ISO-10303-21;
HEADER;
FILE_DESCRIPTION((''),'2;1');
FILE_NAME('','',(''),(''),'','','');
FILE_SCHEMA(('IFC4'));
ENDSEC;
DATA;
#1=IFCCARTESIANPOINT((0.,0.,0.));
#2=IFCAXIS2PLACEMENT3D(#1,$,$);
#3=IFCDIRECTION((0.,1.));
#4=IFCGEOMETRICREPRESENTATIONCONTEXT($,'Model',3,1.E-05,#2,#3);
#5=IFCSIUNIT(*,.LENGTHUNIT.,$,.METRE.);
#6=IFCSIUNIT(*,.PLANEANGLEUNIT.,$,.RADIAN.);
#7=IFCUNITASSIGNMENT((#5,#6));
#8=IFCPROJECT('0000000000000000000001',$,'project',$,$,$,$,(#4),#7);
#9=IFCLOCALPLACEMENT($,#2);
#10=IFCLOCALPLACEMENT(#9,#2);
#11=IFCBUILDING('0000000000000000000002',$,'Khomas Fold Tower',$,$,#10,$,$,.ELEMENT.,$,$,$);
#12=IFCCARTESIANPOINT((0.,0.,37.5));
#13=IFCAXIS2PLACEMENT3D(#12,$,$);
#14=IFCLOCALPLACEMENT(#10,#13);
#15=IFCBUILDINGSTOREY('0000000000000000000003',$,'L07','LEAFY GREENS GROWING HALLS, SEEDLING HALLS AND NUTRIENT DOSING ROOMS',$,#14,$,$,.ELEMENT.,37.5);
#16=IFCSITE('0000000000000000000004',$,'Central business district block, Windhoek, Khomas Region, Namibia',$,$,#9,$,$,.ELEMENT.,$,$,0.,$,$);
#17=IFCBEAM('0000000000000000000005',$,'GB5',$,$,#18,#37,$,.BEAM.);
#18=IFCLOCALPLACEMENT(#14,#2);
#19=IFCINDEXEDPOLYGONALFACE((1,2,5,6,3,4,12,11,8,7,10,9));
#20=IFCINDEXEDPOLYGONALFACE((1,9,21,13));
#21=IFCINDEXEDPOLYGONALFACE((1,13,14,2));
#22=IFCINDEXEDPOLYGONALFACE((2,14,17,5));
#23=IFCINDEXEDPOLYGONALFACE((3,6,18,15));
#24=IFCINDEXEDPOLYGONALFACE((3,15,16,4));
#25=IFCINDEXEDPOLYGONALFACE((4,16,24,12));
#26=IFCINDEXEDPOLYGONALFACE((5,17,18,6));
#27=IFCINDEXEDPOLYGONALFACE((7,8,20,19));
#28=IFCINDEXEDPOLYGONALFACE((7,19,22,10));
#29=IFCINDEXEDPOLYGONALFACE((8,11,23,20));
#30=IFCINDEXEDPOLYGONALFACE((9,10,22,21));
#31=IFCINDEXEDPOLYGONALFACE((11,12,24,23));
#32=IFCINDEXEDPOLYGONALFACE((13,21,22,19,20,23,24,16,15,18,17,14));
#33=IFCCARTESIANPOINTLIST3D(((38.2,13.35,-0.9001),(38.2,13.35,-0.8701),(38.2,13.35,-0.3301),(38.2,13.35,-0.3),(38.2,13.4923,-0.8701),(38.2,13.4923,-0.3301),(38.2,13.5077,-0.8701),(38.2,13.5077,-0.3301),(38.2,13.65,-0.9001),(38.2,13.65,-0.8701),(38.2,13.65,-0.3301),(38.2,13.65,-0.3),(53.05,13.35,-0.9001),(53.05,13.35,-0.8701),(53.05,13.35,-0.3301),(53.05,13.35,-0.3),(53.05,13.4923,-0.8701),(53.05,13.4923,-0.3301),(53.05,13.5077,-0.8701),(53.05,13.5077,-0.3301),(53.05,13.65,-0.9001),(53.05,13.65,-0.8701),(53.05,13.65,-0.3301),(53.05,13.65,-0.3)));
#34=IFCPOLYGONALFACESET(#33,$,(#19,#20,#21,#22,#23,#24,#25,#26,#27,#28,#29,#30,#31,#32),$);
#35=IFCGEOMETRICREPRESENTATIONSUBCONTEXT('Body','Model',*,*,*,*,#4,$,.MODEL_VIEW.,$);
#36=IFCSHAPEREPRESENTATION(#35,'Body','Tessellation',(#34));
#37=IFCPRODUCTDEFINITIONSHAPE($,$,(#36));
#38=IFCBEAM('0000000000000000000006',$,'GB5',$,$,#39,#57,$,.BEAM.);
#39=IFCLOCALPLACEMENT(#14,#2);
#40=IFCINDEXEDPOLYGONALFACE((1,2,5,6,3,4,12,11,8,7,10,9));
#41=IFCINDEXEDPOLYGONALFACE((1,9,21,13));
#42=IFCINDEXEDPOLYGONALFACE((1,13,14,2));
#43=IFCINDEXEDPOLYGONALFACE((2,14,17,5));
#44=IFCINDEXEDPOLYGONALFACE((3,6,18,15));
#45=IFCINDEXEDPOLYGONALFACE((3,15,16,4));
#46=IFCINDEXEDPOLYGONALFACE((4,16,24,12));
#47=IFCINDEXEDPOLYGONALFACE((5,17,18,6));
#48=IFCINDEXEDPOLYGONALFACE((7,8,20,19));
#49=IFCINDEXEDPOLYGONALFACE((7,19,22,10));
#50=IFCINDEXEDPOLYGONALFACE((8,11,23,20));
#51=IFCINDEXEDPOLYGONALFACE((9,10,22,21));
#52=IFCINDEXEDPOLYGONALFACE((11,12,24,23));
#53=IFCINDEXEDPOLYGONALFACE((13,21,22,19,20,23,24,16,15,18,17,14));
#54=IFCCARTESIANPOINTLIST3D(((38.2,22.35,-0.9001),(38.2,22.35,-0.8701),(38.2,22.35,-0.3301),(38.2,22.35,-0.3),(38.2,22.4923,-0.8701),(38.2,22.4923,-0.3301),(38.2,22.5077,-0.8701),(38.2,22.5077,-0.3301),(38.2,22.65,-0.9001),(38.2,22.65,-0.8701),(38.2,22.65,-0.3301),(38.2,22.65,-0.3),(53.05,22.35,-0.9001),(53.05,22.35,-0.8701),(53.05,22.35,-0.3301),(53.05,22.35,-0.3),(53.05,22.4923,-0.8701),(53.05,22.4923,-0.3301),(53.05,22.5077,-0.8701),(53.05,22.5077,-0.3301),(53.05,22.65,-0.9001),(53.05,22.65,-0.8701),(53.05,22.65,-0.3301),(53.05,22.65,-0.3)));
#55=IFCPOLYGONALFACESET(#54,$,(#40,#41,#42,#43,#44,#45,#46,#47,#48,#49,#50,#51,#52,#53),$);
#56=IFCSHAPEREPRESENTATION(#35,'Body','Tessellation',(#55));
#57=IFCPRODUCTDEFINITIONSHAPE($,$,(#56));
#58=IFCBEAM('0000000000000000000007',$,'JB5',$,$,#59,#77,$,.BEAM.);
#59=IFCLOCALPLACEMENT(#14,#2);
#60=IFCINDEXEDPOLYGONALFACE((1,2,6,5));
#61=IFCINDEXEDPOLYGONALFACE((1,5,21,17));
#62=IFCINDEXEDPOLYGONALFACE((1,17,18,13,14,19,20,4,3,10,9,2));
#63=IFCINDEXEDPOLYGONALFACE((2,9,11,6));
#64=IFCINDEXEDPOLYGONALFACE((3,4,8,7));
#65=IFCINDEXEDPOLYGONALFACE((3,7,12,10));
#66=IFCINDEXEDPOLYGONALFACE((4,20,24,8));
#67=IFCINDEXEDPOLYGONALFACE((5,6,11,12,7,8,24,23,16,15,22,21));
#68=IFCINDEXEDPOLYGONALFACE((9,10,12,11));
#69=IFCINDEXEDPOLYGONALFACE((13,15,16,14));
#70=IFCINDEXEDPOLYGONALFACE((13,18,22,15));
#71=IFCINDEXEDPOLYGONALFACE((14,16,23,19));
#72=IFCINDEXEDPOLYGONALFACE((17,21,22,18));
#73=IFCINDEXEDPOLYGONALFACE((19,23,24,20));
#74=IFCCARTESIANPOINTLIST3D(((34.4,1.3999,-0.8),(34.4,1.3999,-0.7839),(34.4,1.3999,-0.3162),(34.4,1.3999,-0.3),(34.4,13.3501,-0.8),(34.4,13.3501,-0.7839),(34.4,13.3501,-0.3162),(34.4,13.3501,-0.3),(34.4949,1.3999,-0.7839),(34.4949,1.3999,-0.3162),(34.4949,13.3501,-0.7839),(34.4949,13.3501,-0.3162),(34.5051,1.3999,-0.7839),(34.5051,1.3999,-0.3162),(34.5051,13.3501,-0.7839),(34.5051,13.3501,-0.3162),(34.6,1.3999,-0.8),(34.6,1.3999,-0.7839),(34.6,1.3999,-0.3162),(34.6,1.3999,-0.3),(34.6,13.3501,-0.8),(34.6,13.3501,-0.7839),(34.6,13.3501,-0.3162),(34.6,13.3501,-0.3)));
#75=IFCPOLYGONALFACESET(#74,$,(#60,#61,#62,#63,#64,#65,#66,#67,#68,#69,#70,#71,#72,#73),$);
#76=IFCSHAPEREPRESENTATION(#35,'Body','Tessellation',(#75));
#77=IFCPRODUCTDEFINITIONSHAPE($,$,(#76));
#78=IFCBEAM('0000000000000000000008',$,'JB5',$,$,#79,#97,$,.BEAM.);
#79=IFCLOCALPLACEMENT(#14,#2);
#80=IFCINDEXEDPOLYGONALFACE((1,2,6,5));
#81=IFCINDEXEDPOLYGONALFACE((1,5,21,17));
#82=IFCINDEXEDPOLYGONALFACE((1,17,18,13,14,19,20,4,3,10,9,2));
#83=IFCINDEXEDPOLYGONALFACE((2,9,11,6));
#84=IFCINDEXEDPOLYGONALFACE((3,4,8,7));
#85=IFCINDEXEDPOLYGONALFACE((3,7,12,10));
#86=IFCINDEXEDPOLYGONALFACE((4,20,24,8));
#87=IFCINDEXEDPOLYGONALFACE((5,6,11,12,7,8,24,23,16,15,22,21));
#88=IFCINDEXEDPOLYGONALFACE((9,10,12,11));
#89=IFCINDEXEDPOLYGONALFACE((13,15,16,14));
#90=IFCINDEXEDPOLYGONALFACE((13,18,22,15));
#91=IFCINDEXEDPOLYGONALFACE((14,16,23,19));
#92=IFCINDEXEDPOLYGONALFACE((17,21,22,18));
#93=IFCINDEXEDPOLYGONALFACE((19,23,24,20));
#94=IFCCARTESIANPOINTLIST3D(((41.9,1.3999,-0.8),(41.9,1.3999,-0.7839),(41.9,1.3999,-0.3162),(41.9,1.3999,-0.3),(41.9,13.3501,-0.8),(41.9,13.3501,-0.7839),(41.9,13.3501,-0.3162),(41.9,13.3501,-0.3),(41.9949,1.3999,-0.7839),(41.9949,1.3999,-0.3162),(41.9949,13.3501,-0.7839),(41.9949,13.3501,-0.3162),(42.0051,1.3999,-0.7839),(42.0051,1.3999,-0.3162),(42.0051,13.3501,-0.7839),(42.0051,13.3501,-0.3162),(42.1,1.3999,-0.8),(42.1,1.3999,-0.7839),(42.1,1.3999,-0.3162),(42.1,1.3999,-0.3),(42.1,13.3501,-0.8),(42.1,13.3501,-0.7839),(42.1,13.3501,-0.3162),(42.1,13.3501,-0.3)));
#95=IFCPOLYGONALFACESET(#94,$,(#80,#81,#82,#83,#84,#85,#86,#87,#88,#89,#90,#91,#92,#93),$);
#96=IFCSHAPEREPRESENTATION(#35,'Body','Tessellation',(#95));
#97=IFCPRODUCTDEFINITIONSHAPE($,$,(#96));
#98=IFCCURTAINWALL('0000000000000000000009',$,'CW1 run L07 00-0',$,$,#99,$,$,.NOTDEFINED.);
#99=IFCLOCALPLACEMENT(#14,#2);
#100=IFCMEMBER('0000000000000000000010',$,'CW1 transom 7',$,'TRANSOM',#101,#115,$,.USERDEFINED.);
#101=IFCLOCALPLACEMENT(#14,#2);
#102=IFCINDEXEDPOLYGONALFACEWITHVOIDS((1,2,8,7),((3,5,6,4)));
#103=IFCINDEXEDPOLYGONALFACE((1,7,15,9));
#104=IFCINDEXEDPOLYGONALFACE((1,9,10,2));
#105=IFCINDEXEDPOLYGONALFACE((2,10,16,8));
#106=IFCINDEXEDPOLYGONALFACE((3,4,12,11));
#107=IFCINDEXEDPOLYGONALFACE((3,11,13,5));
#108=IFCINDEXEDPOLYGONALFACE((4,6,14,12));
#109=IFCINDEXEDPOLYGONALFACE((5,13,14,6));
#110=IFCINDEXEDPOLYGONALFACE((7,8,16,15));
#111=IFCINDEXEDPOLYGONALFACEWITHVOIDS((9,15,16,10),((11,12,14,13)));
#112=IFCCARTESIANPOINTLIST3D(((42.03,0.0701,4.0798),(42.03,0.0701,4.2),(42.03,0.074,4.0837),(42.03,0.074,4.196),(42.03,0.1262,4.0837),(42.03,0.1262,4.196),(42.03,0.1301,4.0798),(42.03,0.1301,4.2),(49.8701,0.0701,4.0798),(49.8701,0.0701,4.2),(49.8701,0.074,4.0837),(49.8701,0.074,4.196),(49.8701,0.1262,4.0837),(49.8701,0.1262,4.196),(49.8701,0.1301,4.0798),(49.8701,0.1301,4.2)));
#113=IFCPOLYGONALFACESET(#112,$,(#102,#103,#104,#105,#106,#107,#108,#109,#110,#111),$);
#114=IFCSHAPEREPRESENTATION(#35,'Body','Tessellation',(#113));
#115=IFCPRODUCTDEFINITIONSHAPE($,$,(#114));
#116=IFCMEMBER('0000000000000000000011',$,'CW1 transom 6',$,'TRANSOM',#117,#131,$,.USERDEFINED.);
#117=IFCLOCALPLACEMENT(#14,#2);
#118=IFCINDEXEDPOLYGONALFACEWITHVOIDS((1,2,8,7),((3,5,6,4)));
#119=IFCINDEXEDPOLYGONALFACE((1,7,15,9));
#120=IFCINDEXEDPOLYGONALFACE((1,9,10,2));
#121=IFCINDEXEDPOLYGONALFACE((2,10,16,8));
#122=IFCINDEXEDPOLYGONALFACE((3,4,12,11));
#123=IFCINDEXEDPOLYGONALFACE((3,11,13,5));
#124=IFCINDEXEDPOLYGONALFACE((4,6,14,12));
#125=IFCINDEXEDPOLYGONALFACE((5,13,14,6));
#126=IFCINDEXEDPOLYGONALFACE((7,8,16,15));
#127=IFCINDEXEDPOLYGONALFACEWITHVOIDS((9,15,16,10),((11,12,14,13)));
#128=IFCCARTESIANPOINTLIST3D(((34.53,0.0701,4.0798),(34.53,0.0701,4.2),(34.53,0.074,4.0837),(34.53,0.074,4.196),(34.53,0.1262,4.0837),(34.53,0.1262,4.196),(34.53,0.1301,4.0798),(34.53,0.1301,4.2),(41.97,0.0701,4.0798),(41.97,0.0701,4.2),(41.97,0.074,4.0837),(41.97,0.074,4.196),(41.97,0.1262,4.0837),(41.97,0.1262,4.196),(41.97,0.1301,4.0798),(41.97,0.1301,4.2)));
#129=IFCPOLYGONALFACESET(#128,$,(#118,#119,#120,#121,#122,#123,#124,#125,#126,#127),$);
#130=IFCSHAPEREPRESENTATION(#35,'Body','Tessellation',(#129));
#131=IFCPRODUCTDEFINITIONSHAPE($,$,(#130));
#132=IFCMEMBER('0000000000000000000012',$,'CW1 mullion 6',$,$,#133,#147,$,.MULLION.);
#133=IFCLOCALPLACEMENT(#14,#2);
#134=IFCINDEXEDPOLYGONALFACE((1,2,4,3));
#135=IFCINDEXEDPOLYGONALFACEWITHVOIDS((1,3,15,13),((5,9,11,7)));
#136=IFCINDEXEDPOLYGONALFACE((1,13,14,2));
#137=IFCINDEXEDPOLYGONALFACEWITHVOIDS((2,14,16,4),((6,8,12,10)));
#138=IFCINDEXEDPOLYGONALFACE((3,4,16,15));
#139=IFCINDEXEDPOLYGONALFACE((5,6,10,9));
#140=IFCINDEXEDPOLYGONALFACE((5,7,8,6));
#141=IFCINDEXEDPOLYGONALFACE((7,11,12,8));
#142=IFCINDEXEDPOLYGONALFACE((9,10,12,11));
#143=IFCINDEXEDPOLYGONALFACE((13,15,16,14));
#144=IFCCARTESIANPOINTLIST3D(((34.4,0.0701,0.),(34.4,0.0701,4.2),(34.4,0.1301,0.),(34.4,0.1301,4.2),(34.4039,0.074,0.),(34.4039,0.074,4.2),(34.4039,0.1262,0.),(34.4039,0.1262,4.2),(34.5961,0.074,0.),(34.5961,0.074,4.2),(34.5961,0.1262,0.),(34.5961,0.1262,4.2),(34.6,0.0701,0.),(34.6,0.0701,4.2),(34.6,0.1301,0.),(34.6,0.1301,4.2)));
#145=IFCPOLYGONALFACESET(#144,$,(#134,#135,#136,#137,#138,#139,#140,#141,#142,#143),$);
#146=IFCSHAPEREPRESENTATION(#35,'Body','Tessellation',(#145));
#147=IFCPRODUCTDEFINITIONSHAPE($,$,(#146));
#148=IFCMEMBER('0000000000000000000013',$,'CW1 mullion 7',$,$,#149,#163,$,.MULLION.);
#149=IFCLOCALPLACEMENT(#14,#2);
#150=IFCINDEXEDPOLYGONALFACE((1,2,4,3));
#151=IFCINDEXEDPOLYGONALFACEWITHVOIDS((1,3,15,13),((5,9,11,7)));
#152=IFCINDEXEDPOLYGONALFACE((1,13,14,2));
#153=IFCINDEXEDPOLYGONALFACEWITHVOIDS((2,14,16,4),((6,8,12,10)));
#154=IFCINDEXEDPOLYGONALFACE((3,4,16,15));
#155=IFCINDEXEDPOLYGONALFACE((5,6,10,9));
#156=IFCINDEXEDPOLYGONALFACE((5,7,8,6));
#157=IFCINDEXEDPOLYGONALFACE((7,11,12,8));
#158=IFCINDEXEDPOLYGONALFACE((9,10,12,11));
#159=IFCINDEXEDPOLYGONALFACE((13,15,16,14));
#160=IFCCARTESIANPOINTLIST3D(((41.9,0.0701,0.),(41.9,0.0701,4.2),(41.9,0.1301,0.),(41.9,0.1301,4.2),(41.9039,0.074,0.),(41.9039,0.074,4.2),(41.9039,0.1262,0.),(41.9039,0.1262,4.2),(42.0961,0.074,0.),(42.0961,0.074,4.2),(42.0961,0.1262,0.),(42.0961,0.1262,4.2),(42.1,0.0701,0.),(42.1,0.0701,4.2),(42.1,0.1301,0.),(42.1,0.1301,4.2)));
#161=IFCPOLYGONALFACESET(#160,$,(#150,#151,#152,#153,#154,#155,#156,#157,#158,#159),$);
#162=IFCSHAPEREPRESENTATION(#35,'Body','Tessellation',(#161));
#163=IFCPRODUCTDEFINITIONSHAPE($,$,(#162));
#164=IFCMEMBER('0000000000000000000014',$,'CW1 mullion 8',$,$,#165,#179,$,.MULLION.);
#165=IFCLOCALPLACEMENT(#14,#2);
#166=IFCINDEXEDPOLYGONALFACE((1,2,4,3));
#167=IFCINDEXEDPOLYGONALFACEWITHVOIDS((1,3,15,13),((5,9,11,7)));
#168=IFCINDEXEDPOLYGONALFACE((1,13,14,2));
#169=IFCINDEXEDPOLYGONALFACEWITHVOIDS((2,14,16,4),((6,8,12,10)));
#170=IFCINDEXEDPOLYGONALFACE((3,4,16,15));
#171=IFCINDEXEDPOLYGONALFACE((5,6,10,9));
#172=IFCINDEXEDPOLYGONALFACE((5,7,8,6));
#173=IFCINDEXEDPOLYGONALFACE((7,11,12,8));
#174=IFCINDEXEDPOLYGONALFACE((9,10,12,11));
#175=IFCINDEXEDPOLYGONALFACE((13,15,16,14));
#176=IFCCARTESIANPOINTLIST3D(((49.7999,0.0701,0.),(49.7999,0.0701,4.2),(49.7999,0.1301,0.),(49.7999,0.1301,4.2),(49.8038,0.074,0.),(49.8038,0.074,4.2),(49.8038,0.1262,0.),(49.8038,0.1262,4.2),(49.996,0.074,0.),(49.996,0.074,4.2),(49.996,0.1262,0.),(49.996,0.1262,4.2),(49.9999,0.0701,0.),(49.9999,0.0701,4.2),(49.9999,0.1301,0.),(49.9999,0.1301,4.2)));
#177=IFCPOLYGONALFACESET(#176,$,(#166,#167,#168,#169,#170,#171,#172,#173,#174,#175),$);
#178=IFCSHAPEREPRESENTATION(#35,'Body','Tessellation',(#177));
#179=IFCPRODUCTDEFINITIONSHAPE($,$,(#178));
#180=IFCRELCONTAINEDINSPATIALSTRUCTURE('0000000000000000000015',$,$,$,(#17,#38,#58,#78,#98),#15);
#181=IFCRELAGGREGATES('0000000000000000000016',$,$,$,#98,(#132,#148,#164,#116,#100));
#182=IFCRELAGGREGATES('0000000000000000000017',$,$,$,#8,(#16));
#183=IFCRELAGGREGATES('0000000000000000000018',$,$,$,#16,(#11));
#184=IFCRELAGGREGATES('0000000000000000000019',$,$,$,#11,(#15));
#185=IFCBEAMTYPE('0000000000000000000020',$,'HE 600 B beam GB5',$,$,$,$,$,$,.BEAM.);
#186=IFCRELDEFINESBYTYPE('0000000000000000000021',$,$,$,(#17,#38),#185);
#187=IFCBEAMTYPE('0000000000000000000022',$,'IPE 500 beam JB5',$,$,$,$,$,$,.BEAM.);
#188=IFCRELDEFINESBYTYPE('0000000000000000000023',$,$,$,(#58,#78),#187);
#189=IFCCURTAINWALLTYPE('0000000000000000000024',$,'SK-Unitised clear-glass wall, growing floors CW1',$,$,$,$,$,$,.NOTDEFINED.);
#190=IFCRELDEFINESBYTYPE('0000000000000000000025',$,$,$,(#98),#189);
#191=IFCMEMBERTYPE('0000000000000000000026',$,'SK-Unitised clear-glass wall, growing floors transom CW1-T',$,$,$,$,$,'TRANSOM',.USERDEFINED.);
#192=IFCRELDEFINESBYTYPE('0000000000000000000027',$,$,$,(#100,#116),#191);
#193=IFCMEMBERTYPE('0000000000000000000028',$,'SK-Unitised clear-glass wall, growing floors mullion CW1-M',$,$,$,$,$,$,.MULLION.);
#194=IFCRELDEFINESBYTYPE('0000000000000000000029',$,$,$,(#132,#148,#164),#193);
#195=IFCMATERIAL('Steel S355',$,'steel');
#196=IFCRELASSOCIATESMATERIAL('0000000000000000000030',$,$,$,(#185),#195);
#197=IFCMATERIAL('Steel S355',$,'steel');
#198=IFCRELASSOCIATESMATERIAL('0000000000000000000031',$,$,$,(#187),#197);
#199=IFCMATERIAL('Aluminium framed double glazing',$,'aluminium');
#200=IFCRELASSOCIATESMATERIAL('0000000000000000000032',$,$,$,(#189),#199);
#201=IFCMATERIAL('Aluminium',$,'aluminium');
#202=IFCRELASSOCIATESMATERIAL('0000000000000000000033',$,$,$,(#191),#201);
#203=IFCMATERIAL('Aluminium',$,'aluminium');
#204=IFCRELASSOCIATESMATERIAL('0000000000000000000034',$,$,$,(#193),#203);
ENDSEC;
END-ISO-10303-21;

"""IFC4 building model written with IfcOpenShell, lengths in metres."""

from ifc_helpers import new_model, si_unit, direction, frame, origin, origin_2d, place, context, subcontext, project, spatial, hollow_rectangle, i_section, extrude, source, transform, mapped, material, material_profile, profile_set, type_object, element, aggregate, save


model = new_model("IFC4")

# Units and contexts
model_context = context("Model", 3, precision=1e-05, world=origin(), true_north=direction((0.0, 1.0)))
body_context = subcontext(model_context, "Body", "Model", "MODEL_VIEW")
ifc_project = project(units=[si_unit("LENGTHUNIT", "METRE"), si_unit("PLANEANGLEUNIT", "RADIAN")], contexts=[model_context])

# Site, building, storey
site_placement = place(None, origin())
site = spatial("IfcSite", under=ifc_project, at=site_placement, Name="Central business district block, Windhoek, Khomas Region, Namibia", CompositionType="ELEMENT", RefElevation=0.0)
building_placement = place(site_placement, origin())
building = spatial("IfcBuilding", under=site, at=building_placement, Name="Khomas Fold Tower", CompositionType="ELEMENT")
storey_placement = place(building_placement, frame((0.0, 0.0, 37.5)))
storey = spatial("IfcBuildingStorey", under=building, at=storey_placement, Name="L07", Description="LEAFY GREENS GROWING HALLS, SEEDLING HALLS AND NUTRIENT DOSING ROOMS", CompositionType="ELEMENT", Elevation=37.5)

# Beams
ifc_material_1 = material(Name="Steel S355", Category="steel")
ifc_material_profile_1 = material_profile(ifc_material_1, i_section(OverallWidth=0.3, OverallDepth=0.6001, WebThickness=0.0154, FlangeThickness=0.03, at=origin_2d()), Name="HE 600 B")
ifc_profile_set_1 = profile_set([ifc_material_profile_1], Name="Steel S355")
beam_type_1 = type_object("IfcBeamType", Name="HE 600 B beam GB5", PredefinedType="BEAM", material=ifc_profile_set_1)
shared_shape_1 = source(origin(), body_context, "Body", "SweptSolid", [
    extrude(i_section(OverallWidth=0.3, OverallDepth=0.6001, WebThickness=0.0154, FlangeThickness=0.03, at=origin_2d()), origin(), (0.0, 0.0, 1.0), 14.8501),
])
for number, where, z_axis, x_axis, name in (
    (1, (38.2, 13.5, -0.6001), (1.0, 0.0, 0.0), (0.0, 1.0, 0.0), "GB5"),
    (2, (38.2, 22.5, -0.6001), (1.0, 0.0, 0.0), (0.0, 1.0, 0.0), "GB5"),
):
    element("IfcBeam", number, at=place(storey_placement, frame(where, z_axis=z_axis, x_axis=x_axis)), inside=storey, type_object=beam_type_1, Name=name, PredefinedType="BEAM", context=body_context, shape_type="MappedRepresentation", body=[
        mapped(shared_shape_1, transform((0.0, 0.0, 0.0))),
    ])
ifc_material_2 = material(Name="Steel S355", Category="steel")
ifc_material_profile_2 = material_profile(ifc_material_2, i_section(OverallWidth=0.2, OverallDepth=0.5, WebThickness=0.0103, FlangeThickness=0.0161, at=origin_2d()), Name="IPE 500")
ifc_profile_set_2 = profile_set([ifc_material_profile_2], Name="Steel S355")
beam_type_2 = type_object("IfcBeamType", Name="IPE 500 beam JB5", PredefinedType="BEAM", material=ifc_profile_set_2)
shared_shape_2 = source(origin(), body_context, "Body", "SweptSolid", [
    extrude(i_section(OverallWidth=0.2, OverallDepth=0.5, WebThickness=0.0103, FlangeThickness=0.0161, at=origin_2d()), origin(), (0.0, 0.0, 1.0), 11.9502),
])
for number, where, z_axis, x_axis, name in (
    (3, (34.5, 1.3999, -0.55), (0.0, 1.0, 0.0), (-1.0, 0.0, 0.0), "JB5"),
    (4, (42.0, 1.3999, -0.55), (0.0, 1.0, 0.0), (-1.0, 0.0, 0.0), "JB5"),
):
    element("IfcBeam", number, at=place(storey_placement, frame(where, z_axis=z_axis, x_axis=x_axis)), inside=storey, type_object=beam_type_2, Name=name, PredefinedType="BEAM", context=body_context, shape_type="MappedRepresentation", body=[
        mapped(shared_shape_2, transform((0.0, 0.0, 0.0))),
    ])

# Curtain wall, members
ifc_material_3 = material(Name="Aluminium framed double glazing", Category="aluminium")
curtain_wall_type = type_object("IfcCurtainWallType", Name="SK-Unitised clear-glass wall, growing floors CW1", PredefinedType="NOTDEFINED", material=ifc_material_3)
curtain_wall_placement = place(storey_placement, origin())
curtain_wall = element("IfcCurtainWall", 5, at=curtain_wall_placement, inside=storey, type_object=curtain_wall_type, Name="CW1 run L07 00-0", PredefinedType="NOTDEFINED")
ifc_material_4 = material(Name="Aluminium", Category="aluminium")
ifc_material_profile_3 = material_profile(ifc_material_4, hollow_rectangle(XDim=0.0601, YDim=0.1201, WallThickness=0.0039, at=origin_2d()), Name="SK-Unitised clear-glass wall, growing floors transom CW1-T")
ifc_profile_set_3 = profile_set([ifc_material_profile_3], Name="Aluminium")
member_type_1 = type_object("IfcMemberType", Name="SK-Unitised clear-glass wall, growing floors transom CW1-T", ElementType="TRANSOM", PredefinedType="USERDEFINED", material=ifc_profile_set_3)
shared_shape_3 = source(origin(), body_context, "Body", "SweptSolid", [
    extrude(hollow_rectangle(XDim=0.0601, YDim=0.1201, WallThickness=0.0039, at=origin_2d()), origin(), (0.0, 0.0, 1.0), 7.8401),
])
member_1_placement = place(storey_placement, frame((42.03, 0.1001, 4.1399), z_axis=(1.0, 0.0, 0.0), x_axis=(0.0, 1.0, 0.0)))
member_1 = element("IfcMember", 6, at=member_1_placement, type_object=member_type_1, Name="CW1 transom 7", ObjectType="TRANSOM", PredefinedType="USERDEFINED", context=body_context, shape_type="MappedRepresentation", body=[
    mapped(shared_shape_3, transform((0.0, 0.0, 0.0))),
])
shared_shape_4 = source(origin(), body_context, "Body", "SweptSolid", [
    extrude(hollow_rectangle(XDim=0.0601, YDim=0.1201, WallThickness=0.0039, at=origin_2d()), origin(), (0.0, 0.0, 1.0), 7.4399),
])
member_2_placement = place(storey_placement, frame((34.53, 0.1001, 4.1399), z_axis=(1.0, 0.0, 0.0), x_axis=(0.0, 1.0, 0.0)))
member_2 = element("IfcMember", 7, at=member_2_placement, type_object=member_type_1, Name="CW1 transom 6", ObjectType="TRANSOM", PredefinedType="USERDEFINED", context=body_context, shape_type="MappedRepresentation", body=[
    mapped(shared_shape_4, transform((0.0, 0.0, 0.0))),
])
ifc_material_5 = material(Name="Aluminium", Category="aluminium")
ifc_material_profile_4 = material_profile(ifc_material_5, hollow_rectangle(XDim=0.0601, YDim=0.2, WallThickness=0.0039, at=origin_2d()), Name="SK-Unitised clear-glass wall, growing floors mullion CW1-M")
ifc_profile_set_4 = profile_set([ifc_material_profile_4], Name="Aluminium")
member_type_2 = type_object("IfcMemberType", Name="SK-Unitised clear-glass wall, growing floors mullion CW1-M", PredefinedType="MULLION", material=ifc_profile_set_4)
shared_shape_5 = source(origin(), body_context, "Body", "SweptSolid", [
    extrude(hollow_rectangle(XDim=0.0601, YDim=0.2, WallThickness=0.0039, at=origin_2d()), origin(), (0.0, 0.0, 1.0), 4.2),
])
member_3_placement = place(storey_placement, frame((34.5, 0.1001, 0.0), z_axis=(0.0, 0.0, 1.0), x_axis=(0.0, 1.0, 0.0)))
member_3 = element("IfcMember", 8, at=member_3_placement, type_object=member_type_2, Name="CW1 mullion 6", PredefinedType="MULLION", context=body_context, shape_type="MappedRepresentation", body=[
    mapped(shared_shape_5, transform((0.0, 0.0, 0.0))),
])
member_4_placement = place(storey_placement, frame((42.0, 0.1001, 0.0), z_axis=(0.0, 0.0, 1.0), x_axis=(0.0, 1.0, 0.0)))
member_4 = element("IfcMember", 9, at=member_4_placement, type_object=member_type_2, Name="CW1 mullion 7", PredefinedType="MULLION", context=body_context, shape_type="MappedRepresentation", body=[
    mapped(shared_shape_5, transform((0.0, 0.0, 0.0))),
])
member_5_placement = place(storey_placement, frame((49.8999, 0.1001, 0.0), z_axis=(0.0, 0.0, 1.0), x_axis=(0.0, 1.0, 0.0)))
member_5 = element("IfcMember", 10, at=member_5_placement, type_object=member_type_2, Name="CW1 mullion 8", PredefinedType="MULLION", context=body_context, shape_type="MappedRepresentation", body=[
    mapped(shared_shape_5, transform((0.0, 0.0, 0.0))),
])
aggregate(curtain_wall, [member_3, member_4, member_5, member_2, member_1])

save(model, "model.ifc")
